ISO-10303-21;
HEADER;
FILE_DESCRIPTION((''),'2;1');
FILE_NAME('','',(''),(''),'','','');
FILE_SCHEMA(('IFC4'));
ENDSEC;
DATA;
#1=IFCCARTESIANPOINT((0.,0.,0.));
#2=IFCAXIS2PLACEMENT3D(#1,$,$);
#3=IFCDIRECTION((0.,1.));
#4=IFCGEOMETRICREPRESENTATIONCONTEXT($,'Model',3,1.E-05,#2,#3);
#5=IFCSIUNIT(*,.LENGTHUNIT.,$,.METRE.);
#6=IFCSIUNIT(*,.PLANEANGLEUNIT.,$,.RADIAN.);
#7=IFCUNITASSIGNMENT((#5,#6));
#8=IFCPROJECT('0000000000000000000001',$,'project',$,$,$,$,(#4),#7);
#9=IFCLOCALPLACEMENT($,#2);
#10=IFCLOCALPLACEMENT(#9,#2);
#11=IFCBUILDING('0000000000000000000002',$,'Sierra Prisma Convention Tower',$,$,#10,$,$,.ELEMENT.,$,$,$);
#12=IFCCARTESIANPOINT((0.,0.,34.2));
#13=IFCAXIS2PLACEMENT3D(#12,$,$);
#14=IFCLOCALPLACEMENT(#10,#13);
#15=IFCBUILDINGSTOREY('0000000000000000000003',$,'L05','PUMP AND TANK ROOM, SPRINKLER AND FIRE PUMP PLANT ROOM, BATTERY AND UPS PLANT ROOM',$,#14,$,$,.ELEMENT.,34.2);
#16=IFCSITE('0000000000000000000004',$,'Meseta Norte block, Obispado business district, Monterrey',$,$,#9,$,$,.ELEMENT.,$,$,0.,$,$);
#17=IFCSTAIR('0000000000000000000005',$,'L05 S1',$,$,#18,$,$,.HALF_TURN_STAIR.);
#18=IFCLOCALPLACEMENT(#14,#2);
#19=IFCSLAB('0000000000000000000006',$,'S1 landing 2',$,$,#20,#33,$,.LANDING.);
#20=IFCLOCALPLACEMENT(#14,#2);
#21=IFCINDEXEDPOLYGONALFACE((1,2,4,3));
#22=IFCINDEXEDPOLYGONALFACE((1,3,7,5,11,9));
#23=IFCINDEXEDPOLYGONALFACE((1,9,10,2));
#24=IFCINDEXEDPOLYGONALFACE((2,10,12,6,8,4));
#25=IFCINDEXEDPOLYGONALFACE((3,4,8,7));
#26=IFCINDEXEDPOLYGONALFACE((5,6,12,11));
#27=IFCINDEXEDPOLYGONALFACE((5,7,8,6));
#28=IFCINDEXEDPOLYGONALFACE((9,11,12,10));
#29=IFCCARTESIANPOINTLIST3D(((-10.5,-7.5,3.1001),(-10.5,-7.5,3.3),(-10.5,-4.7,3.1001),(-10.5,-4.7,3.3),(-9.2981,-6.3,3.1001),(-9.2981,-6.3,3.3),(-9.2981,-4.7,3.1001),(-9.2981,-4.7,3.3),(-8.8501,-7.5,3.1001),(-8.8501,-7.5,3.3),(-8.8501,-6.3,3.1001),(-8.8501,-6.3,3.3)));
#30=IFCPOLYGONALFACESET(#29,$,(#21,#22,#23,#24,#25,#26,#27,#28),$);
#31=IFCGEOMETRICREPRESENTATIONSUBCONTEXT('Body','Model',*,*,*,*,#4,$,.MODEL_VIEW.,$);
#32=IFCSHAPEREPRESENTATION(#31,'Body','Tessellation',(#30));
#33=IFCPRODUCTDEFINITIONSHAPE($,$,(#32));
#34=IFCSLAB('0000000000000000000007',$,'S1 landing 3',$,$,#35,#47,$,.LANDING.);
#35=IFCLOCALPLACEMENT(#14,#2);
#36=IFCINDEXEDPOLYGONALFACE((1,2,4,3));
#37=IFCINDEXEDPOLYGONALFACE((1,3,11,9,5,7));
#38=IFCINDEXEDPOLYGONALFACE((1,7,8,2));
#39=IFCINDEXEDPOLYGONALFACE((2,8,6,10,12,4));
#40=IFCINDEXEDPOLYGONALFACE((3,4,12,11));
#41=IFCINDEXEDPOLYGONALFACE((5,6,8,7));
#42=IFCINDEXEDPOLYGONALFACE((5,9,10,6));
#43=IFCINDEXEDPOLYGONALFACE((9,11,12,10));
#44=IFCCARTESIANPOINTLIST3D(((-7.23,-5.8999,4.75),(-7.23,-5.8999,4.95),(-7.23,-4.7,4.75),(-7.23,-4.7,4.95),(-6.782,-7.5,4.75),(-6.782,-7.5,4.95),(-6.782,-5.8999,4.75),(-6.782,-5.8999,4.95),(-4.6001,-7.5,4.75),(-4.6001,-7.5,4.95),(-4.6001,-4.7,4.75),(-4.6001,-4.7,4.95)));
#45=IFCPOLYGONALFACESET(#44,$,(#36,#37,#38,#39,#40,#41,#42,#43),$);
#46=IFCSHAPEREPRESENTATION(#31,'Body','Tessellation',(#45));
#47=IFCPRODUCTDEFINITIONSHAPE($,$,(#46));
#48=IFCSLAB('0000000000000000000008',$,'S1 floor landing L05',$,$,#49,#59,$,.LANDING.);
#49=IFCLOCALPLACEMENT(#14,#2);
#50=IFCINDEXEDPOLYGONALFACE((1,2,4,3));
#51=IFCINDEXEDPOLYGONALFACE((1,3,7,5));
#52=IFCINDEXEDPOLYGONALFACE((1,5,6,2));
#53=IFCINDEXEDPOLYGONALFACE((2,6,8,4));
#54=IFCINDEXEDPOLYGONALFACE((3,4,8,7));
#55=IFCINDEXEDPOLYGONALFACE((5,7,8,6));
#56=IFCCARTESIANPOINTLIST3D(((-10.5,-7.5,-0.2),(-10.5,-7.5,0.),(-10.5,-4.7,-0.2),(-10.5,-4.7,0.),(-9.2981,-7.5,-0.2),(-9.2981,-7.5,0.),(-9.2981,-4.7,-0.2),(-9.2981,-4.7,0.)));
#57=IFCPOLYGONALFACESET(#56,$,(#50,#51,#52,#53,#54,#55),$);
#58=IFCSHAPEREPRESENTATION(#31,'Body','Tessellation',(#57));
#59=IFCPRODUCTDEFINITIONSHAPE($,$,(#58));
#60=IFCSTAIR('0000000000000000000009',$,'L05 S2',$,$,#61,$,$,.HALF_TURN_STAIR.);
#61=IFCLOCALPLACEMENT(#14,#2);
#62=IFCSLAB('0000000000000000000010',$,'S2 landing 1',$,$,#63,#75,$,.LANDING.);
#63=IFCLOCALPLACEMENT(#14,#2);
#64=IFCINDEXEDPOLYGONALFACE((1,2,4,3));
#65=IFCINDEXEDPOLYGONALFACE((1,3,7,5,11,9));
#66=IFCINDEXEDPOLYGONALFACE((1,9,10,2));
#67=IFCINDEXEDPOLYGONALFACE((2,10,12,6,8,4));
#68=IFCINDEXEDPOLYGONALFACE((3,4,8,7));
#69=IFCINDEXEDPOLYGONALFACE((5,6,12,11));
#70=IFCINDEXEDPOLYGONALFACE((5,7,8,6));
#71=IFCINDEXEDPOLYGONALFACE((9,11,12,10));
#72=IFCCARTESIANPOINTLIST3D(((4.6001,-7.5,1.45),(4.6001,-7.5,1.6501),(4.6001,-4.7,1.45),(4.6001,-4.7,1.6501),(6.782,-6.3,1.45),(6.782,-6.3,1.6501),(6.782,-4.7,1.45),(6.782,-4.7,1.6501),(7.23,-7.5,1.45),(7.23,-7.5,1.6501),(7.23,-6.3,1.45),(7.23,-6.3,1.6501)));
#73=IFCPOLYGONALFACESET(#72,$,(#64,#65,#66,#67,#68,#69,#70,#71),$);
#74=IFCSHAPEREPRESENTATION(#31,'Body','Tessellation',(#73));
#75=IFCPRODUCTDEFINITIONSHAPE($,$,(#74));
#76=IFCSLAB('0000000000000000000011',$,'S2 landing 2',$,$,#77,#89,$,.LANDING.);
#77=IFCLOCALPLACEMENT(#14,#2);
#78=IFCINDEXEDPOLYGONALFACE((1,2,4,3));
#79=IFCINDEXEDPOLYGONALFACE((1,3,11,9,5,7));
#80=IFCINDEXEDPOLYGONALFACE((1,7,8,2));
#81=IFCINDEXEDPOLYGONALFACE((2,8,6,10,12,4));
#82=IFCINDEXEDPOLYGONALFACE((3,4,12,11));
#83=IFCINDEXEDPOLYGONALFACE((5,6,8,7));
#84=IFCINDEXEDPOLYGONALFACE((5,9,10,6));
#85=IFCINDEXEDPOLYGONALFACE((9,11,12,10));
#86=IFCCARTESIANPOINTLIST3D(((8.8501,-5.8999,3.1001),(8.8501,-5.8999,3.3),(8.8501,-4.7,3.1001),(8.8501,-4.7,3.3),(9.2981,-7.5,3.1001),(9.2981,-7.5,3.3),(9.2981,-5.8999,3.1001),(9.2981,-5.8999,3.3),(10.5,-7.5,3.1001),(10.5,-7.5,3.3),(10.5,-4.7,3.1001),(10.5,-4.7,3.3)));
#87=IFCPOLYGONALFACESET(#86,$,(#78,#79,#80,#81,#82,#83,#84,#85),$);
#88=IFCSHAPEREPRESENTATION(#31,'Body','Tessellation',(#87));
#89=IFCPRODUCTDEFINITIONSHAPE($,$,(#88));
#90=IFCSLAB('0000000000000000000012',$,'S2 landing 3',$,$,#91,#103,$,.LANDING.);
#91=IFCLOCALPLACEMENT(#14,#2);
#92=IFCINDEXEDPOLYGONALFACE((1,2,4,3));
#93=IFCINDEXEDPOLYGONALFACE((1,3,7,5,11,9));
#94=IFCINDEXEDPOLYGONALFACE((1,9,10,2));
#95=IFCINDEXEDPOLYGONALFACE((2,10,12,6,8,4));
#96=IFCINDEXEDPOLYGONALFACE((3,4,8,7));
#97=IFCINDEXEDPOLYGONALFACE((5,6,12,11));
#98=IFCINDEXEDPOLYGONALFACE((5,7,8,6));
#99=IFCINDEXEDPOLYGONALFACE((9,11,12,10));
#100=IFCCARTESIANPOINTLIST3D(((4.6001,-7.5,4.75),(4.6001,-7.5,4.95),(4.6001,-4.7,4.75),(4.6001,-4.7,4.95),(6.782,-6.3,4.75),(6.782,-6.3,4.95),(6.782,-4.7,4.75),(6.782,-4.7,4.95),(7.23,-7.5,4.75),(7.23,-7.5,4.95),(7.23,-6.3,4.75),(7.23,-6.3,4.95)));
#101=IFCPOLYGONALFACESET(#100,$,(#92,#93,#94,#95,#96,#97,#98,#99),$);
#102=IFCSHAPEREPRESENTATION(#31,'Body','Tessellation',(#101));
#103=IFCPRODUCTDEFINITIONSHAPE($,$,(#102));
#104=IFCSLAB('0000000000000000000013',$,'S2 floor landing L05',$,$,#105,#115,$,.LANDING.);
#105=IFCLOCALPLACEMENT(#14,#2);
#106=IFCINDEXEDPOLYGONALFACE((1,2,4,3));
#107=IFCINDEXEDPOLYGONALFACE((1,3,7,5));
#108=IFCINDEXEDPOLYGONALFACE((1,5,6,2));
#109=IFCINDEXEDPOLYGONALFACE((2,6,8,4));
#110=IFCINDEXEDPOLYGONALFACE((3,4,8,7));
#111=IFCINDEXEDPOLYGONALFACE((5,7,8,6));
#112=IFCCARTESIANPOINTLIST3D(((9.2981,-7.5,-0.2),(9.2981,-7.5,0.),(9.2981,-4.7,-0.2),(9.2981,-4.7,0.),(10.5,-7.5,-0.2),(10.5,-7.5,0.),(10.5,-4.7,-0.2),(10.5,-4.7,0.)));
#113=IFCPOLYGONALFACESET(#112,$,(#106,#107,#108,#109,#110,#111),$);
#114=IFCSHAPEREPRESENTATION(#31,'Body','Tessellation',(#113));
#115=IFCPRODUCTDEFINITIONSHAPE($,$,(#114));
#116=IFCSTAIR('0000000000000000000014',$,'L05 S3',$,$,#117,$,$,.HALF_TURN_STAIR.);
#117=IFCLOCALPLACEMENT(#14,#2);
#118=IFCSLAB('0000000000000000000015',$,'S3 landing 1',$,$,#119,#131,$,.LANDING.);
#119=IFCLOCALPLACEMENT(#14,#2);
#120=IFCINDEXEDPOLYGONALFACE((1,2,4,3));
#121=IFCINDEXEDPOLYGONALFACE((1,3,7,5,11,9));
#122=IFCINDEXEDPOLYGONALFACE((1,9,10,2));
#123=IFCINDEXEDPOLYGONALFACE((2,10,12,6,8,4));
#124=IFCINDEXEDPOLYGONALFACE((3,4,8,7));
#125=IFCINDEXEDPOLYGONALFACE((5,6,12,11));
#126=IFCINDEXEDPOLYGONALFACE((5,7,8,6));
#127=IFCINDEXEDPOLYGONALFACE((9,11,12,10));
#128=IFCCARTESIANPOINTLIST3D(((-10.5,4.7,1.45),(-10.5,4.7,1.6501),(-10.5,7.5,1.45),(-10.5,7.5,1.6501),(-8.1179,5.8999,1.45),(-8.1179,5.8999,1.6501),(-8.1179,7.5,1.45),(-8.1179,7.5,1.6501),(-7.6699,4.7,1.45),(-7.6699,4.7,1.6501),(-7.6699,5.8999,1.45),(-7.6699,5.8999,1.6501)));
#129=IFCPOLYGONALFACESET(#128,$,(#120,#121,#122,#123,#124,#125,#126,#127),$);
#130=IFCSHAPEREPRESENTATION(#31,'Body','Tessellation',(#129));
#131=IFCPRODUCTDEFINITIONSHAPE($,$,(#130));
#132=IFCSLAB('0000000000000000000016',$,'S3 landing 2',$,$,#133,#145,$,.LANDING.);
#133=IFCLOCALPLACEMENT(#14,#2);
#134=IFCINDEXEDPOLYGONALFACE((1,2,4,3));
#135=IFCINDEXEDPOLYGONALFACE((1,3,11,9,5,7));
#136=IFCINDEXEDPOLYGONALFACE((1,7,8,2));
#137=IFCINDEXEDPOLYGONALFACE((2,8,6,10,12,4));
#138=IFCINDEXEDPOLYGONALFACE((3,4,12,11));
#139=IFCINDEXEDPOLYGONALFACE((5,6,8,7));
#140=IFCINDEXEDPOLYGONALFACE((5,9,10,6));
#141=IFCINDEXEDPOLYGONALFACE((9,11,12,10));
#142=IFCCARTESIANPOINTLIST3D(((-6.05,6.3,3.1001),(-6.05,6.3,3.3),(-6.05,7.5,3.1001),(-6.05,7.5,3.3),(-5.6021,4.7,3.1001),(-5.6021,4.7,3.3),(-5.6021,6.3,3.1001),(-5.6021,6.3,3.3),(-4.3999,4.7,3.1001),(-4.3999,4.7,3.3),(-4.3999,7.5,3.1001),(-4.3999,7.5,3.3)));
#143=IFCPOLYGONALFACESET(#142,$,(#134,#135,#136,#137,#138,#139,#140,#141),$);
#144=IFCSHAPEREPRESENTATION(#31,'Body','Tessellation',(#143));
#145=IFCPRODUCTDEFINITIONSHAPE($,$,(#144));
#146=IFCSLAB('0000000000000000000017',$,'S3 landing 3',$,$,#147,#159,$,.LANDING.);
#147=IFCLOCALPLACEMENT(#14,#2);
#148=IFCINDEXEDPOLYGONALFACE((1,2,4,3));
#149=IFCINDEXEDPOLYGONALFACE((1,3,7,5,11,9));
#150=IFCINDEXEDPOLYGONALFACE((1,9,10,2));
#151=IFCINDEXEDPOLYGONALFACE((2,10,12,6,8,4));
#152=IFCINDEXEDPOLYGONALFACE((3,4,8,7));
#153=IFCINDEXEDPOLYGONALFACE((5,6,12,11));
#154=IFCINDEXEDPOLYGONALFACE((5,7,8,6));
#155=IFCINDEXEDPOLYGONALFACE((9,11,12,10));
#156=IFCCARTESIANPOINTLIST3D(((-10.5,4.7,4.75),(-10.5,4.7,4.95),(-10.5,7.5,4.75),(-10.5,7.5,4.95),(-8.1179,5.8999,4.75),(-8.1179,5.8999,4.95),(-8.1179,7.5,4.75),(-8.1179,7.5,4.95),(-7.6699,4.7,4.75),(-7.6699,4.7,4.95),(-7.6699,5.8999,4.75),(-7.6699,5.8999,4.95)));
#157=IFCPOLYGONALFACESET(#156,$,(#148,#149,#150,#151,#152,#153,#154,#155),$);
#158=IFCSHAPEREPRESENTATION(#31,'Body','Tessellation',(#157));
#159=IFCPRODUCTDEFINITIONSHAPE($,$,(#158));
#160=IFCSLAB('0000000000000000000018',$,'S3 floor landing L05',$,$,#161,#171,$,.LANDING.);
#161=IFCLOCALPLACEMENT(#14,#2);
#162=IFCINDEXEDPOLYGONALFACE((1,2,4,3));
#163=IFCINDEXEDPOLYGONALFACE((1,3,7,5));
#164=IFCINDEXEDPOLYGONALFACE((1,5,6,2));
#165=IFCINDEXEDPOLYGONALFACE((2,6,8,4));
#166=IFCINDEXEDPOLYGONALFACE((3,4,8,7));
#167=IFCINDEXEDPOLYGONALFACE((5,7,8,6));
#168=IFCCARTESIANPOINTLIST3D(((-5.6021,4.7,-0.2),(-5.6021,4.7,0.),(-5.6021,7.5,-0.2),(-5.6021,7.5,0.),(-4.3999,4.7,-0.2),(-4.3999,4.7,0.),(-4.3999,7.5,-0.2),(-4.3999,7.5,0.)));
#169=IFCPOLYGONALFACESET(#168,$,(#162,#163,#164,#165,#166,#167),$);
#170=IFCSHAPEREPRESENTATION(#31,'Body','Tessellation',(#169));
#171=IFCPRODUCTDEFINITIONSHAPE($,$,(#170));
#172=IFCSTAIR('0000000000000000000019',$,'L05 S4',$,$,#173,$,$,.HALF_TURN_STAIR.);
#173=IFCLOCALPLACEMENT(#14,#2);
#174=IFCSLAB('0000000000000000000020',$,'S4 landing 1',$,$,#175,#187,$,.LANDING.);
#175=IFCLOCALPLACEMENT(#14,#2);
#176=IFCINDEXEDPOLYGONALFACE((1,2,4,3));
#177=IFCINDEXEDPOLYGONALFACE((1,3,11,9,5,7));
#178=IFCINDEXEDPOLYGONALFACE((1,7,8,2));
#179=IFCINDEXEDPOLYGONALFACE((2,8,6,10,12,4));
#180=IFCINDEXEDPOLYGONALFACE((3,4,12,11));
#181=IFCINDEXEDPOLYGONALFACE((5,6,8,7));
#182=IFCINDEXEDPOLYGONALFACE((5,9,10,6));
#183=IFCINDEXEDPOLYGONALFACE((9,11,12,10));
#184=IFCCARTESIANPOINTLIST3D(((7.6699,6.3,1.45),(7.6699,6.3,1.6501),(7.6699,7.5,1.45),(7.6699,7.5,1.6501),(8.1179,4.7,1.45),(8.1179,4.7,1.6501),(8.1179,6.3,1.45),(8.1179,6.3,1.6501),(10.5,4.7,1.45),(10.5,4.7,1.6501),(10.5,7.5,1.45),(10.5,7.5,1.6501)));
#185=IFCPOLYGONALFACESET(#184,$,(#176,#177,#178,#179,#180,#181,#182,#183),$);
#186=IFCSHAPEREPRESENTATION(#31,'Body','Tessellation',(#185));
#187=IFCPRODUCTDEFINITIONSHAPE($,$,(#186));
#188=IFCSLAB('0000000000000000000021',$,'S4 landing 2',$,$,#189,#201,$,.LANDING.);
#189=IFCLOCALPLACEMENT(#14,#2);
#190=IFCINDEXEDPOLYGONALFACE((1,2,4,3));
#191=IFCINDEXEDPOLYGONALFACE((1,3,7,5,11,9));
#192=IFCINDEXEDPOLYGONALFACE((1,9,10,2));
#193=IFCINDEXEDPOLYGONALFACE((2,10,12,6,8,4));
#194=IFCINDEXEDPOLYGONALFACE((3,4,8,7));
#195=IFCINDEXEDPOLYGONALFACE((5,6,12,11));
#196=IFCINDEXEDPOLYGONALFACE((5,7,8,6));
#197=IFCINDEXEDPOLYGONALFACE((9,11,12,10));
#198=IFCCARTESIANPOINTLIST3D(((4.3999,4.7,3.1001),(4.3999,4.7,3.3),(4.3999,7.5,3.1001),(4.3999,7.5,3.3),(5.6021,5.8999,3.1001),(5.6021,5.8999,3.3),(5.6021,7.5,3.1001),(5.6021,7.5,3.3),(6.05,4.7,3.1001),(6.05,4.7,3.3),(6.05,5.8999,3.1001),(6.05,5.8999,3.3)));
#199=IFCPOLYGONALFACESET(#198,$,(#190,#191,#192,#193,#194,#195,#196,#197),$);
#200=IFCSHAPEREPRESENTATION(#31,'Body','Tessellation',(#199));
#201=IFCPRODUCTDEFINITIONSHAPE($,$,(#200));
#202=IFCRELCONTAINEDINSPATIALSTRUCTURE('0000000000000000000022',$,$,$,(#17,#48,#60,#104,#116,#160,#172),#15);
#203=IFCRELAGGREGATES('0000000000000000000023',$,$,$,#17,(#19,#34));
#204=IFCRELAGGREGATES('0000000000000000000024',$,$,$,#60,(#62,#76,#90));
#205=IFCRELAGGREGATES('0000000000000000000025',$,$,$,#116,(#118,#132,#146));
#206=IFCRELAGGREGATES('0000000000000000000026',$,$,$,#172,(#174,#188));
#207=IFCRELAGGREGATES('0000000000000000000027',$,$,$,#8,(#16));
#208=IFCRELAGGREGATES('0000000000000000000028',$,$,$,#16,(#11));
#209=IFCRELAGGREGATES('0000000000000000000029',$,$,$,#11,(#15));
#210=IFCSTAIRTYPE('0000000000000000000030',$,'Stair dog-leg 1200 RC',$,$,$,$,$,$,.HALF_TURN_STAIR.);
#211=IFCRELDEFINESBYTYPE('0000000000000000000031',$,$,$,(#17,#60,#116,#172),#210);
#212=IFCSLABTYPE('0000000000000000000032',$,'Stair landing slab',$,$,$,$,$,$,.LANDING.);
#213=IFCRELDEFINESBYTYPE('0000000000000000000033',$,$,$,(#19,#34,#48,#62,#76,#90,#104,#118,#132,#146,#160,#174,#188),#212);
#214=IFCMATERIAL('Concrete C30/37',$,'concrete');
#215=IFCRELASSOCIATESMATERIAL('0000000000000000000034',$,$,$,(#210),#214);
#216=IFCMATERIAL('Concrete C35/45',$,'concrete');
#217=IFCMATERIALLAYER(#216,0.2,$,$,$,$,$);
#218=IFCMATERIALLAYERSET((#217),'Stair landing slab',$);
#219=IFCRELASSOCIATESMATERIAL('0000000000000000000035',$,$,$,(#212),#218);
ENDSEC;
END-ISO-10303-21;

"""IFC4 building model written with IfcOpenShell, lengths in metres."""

from ifc_helpers import new_model, si_unit, direction, frame, origin, place, context, subcontext, project, spatial, polyline, outline, extrude, material, layer, layer_set, type_object, element, aggregate, save


model = new_model("IFC4")

# Units and contexts
model_context = context("Model", 3, precision=1e-05, world=origin(), true_north=direction((0.0, 1.0)))
body_context = subcontext(model_context, "Body", "Model", "MODEL_VIEW")
ifc_project = project(units=[si_unit("LENGTHUNIT", "METRE"), si_unit("PLANEANGLEUNIT", "RADIAN")], contexts=[model_context])

# Site, building, storey
site_placement = place(None, origin())
site = spatial("IfcSite", under=ifc_project, at=site_placement, Name="Meseta Norte block, Obispado business district, Monterrey", CompositionType="ELEMENT", RefElevation=0.0)
building_placement = place(site_placement, origin())
building = spatial("IfcBuilding", under=site, at=building_placement, Name="Sierra Prisma Convention Tower", CompositionType="ELEMENT")
storey_placement = place(building_placement, frame((0.0, 0.0, 34.2)))
storey = spatial("IfcBuildingStorey", under=building, at=storey_placement, Name="L05", Description="PUMP AND TANK ROOM, SPRINKLER AND FIRE PUMP PLANT ROOM, BATTERY AND UPS PLANT ROOM", CompositionType="ELEMENT", Elevation=34.2)

# Stair, slabs
ifc_material_1 = material(Name="Concrete C30/37", Category="concrete")
stair_type = type_object("IfcStairType", Name="Stair dog-leg 1200 RC", PredefinedType="HALF_TURN_STAIR", material=ifc_material_1)
stair_1_placement = place(storey_placement, origin())
stair_1 = element("IfcStair", 1, at=stair_1_placement, inside=storey, type_object=stair_type, Name="L05 S1", PredefinedType="HALF_TURN_STAIR")
ifc_material_2 = material(Name="Concrete C35/45", Category="concrete")
ifc_layer_1 = layer(ifc_material_2, 0.2)
ifc_layer_set_1 = layer_set([ifc_layer_1], Name="Stair landing slab")
slab_type = type_object("IfcSlabType", Name="Stair landing slab", PredefinedType="LANDING", material=ifc_layer_set_1)
slab_1_placement = place(storey_placement, frame((0.0, 0.0, 3.1001)))
slab_1 = element("IfcSlab", 2, at=slab_1_placement, type_object=slab_type, Name="S1 landing 2", PredefinedType="LANDING", context=body_context, shape_type="SweptSolid", body=[
    extrude(outline(polyline([(-10.5, -7.5), (-10.5, -4.7), (-9.2981, -4.7), (-9.2981, -6.3), (-8.8501, -6.3), (-8.8501, -7.5), (-10.5, -7.5)])), origin(), (0.0, 0.0, 1.0), 0.2),
])
slab_2_placement = place(storey_placement, frame((0.0, 0.0, 4.75)))
slab_2 = element("IfcSlab", 3, at=slab_2_placement, type_object=slab_type, Name="S1 landing 3", PredefinedType="LANDING", context=body_context, shape_type="SweptSolid", body=[
    extrude(outline(polyline([(-4.6001, -4.7), (-4.6001, -7.5), (-6.782, -7.5), (-6.782, -5.8999), (-7.23, -5.8999), (-7.23, -4.7), (-4.6001, -4.7)])), origin(), (0.0, 0.0, 1.0), 0.2),
])
aggregate(stair_1, [slab_1, slab_2])

# Slab
slab_3_placement = place(storey_placement, frame((0.0, 0.0, -0.2)))
element("IfcSlab", 4, at=slab_3_placement, inside=storey, type_object=slab_type, Name="S1 floor landing L05", PredefinedType="LANDING", context=body_context, shape_type="SweptSolid", body=[
    extrude(outline(polyline([(-10.5, -7.5), (-9.2981, -7.5), (-9.2981, -4.7), (-10.5, -4.7), (-10.5, -7.5)])), origin(), (0.0, 0.0, 1.0), 0.2),
])

# Stair, slabs
stair_2_placement = place(storey_placement, origin())
stair_2 = element("IfcStair", 5, at=stair_2_placement, inside=storey, type_object=stair_type, Name="L05 S2", PredefinedType="HALF_TURN_STAIR")
slab_4_placement = place(storey_placement, frame((0.0, 0.0, 1.45)))
slab_4 = element("IfcSlab", 6, at=slab_4_placement, type_object=slab_type, Name="S2 landing 1", PredefinedType="LANDING", context=body_context, shape_type="SweptSolid", body=[
    extrude(outline(polyline([(7.23, -6.3), (7.23, -7.5), (4.6001, -7.5), (4.6001, -4.7), (6.782, -4.7), (6.782, -6.3), (7.23, -6.3)])), origin(), (0.0, 0.0, 1.0), 0.2002),
])
slab_5_placement = place(storey_placement, frame((0.0, 0.0, 3.1001)))
slab_5 = element("IfcSlab", 7, at=slab_5_placement, type_object=slab_type, Name="S2 landing 2", PredefinedType="LANDING", context=body_context, shape_type="SweptSolid", body=[
    extrude(outline(polyline([(10.5, -4.7), (10.5, -7.5), (9.2981, -7.5), (9.2981, -5.8999), (8.8501, -5.8999), (8.8501, -4.7), (10.5, -4.7)])), origin(), (0.0, 0.0, 1.0), 0.2),
])
slab_6_placement = place(storey_placement, frame((0.0, 0.0, 4.75)))
slab_6 = element("IfcSlab", 8, at=slab_6_placement, type_object=slab_type, Name="S2 landing 3", PredefinedType="LANDING", context=body_context, shape_type="SweptSolid", body=[
    extrude(outline(polyline([(7.23, -6.3), (7.23, -7.5), (4.6001, -7.5), (4.6001, -4.7), (6.782, -4.7), (6.782, -6.3), (7.23, -6.3)])), origin(), (0.0, 0.0, 1.0), 0.2),
])
aggregate(stair_2, [slab_4, slab_5, slab_6])

# Slab
slab_7_placement = place(storey_placement, frame((0.0, 0.0, -0.2)))
element("IfcSlab", 9, at=slab_7_placement, inside=storey, type_object=slab_type, Name="S2 floor landing L05", PredefinedType="LANDING", context=body_context, shape_type="SweptSolid", body=[
    extrude(outline(polyline([(10.5, -4.7), (9.2981, -4.7), (9.2981, -7.5), (10.5, -7.5), (10.5, -4.7)])), origin(), (0.0, 0.0, 1.0), 0.2),
])

# Stair, slabs
stair_3_placement = place(storey_placement, origin())
stair_3 = element("IfcStair", 10, at=stair_3_placement, inside=storey, type_object=stair_type, Name="L05 S3", PredefinedType="HALF_TURN_STAIR")
slab_8_placement = place(storey_placement, frame((0.0, 0.0, 1.45)))
slab_8 = element("IfcSlab", 11, at=slab_8_placement, type_object=slab_type, Name="S3 landing 1", PredefinedType="LANDING", context=body_context, shape_type="SweptSolid", body=[
    extrude(outline(polyline([(-7.6699, 5.8999), (-7.6699, 4.7), (-10.5, 4.7), (-10.5, 7.5), (-8.1179, 7.5), (-8.1179, 5.8999), (-7.6699, 5.8999)])), origin(), (0.0, 0.0, 1.0), 0.2002),
])
slab_9_placement = place(storey_placement, frame((0.0, 0.0, 3.1001)))
slab_9 = element("IfcSlab", 12, at=slab_9_placement, type_object=slab_type, Name="S3 landing 2", PredefinedType="LANDING", context=body_context, shape_type="SweptSolid", body=[
    extrude(outline(polyline([(-4.3999, 7.5), (-4.3999, 4.7), (-5.6021, 4.7), (-5.6021, 6.3), (-6.05, 6.3), (-6.05, 7.5), (-4.3999, 7.5)])), origin(), (0.0, 0.0, 1.0), 0.2),
])
slab_10_placement = place(storey_placement, frame((0.0, 0.0, 4.75)))
slab_10 = element("IfcSlab", 13, at=slab_10_placement, type_object=slab_type, Name="S3 landing 3", PredefinedType="LANDING", context=body_context, shape_type="SweptSolid", body=[
    extrude(outline(polyline([(-7.6699, 5.8999), (-7.6699, 4.7), (-10.5, 4.7), (-10.5, 7.5), (-8.1179, 7.5), (-8.1179, 5.8999), (-7.6699, 5.8999)])), origin(), (0.0, 0.0, 1.0), 0.2),
])
aggregate(stair_3, [slab_8, slab_9, slab_10])

# Slab
slab_11_placement = place(storey_placement, frame((0.0, 0.0, -0.2)))
element("IfcSlab", 14, at=slab_11_placement, inside=storey, type_object=slab_type, Name="S3 floor landing L05", PredefinedType="LANDING", context=body_context, shape_type="SweptSolid", body=[
    extrude(outline(polyline([(-4.3999, 7.5), (-5.6021, 7.5), (-5.6021, 4.7), (-4.3999, 4.7), (-4.3999, 7.5)])), origin(), (0.0, 0.0, 1.0), 0.2),
])

# Stair, slabs
stair_4_placement = place(storey_placement, origin())
stair_4 = element("IfcStair", 15, at=stair_4_placement, inside=storey, type_object=stair_type, Name="L05 S4", PredefinedType="HALF_TURN_STAIR")
slab_12_placement = place(storey_placement, frame((0.0, 0.0, 1.45)))
slab_12 = element("IfcSlab", 16, at=slab_12_placement, type_object=slab_type, Name="S4 landing 1", PredefinedType="LANDING", context=body_context, shape_type="SweptSolid", body=[
    extrude(outline(polyline([(10.5, 7.5), (10.5, 4.7), (8.1179, 4.7), (8.1179, 6.3), (7.6699, 6.3), (7.6699, 7.5), (10.5, 7.5)])), origin(), (0.0, 0.0, 1.0), 0.2002),
])
slab_13_placement = place(storey_placement, frame((0.0, 0.0, 3.1001)))
slab_13 = element("IfcSlab", 17, at=slab_13_placement, type_object=slab_type, Name="S4 landing 2", PredefinedType="LANDING", context=body_context, shape_type="SweptSolid", body=[
    extrude(outline(polyline([(4.3999, 4.7), (4.3999, 7.5), (5.6021, 7.5), (5.6021, 5.8999), (6.05, 5.8999), (6.05, 4.7), (4.3999, 4.7)])), origin(), (0.0, 0.0, 1.0), 0.2),
])
aggregate(stair_4, [slab_12, slab_13])

save(model, "model.ifc")
